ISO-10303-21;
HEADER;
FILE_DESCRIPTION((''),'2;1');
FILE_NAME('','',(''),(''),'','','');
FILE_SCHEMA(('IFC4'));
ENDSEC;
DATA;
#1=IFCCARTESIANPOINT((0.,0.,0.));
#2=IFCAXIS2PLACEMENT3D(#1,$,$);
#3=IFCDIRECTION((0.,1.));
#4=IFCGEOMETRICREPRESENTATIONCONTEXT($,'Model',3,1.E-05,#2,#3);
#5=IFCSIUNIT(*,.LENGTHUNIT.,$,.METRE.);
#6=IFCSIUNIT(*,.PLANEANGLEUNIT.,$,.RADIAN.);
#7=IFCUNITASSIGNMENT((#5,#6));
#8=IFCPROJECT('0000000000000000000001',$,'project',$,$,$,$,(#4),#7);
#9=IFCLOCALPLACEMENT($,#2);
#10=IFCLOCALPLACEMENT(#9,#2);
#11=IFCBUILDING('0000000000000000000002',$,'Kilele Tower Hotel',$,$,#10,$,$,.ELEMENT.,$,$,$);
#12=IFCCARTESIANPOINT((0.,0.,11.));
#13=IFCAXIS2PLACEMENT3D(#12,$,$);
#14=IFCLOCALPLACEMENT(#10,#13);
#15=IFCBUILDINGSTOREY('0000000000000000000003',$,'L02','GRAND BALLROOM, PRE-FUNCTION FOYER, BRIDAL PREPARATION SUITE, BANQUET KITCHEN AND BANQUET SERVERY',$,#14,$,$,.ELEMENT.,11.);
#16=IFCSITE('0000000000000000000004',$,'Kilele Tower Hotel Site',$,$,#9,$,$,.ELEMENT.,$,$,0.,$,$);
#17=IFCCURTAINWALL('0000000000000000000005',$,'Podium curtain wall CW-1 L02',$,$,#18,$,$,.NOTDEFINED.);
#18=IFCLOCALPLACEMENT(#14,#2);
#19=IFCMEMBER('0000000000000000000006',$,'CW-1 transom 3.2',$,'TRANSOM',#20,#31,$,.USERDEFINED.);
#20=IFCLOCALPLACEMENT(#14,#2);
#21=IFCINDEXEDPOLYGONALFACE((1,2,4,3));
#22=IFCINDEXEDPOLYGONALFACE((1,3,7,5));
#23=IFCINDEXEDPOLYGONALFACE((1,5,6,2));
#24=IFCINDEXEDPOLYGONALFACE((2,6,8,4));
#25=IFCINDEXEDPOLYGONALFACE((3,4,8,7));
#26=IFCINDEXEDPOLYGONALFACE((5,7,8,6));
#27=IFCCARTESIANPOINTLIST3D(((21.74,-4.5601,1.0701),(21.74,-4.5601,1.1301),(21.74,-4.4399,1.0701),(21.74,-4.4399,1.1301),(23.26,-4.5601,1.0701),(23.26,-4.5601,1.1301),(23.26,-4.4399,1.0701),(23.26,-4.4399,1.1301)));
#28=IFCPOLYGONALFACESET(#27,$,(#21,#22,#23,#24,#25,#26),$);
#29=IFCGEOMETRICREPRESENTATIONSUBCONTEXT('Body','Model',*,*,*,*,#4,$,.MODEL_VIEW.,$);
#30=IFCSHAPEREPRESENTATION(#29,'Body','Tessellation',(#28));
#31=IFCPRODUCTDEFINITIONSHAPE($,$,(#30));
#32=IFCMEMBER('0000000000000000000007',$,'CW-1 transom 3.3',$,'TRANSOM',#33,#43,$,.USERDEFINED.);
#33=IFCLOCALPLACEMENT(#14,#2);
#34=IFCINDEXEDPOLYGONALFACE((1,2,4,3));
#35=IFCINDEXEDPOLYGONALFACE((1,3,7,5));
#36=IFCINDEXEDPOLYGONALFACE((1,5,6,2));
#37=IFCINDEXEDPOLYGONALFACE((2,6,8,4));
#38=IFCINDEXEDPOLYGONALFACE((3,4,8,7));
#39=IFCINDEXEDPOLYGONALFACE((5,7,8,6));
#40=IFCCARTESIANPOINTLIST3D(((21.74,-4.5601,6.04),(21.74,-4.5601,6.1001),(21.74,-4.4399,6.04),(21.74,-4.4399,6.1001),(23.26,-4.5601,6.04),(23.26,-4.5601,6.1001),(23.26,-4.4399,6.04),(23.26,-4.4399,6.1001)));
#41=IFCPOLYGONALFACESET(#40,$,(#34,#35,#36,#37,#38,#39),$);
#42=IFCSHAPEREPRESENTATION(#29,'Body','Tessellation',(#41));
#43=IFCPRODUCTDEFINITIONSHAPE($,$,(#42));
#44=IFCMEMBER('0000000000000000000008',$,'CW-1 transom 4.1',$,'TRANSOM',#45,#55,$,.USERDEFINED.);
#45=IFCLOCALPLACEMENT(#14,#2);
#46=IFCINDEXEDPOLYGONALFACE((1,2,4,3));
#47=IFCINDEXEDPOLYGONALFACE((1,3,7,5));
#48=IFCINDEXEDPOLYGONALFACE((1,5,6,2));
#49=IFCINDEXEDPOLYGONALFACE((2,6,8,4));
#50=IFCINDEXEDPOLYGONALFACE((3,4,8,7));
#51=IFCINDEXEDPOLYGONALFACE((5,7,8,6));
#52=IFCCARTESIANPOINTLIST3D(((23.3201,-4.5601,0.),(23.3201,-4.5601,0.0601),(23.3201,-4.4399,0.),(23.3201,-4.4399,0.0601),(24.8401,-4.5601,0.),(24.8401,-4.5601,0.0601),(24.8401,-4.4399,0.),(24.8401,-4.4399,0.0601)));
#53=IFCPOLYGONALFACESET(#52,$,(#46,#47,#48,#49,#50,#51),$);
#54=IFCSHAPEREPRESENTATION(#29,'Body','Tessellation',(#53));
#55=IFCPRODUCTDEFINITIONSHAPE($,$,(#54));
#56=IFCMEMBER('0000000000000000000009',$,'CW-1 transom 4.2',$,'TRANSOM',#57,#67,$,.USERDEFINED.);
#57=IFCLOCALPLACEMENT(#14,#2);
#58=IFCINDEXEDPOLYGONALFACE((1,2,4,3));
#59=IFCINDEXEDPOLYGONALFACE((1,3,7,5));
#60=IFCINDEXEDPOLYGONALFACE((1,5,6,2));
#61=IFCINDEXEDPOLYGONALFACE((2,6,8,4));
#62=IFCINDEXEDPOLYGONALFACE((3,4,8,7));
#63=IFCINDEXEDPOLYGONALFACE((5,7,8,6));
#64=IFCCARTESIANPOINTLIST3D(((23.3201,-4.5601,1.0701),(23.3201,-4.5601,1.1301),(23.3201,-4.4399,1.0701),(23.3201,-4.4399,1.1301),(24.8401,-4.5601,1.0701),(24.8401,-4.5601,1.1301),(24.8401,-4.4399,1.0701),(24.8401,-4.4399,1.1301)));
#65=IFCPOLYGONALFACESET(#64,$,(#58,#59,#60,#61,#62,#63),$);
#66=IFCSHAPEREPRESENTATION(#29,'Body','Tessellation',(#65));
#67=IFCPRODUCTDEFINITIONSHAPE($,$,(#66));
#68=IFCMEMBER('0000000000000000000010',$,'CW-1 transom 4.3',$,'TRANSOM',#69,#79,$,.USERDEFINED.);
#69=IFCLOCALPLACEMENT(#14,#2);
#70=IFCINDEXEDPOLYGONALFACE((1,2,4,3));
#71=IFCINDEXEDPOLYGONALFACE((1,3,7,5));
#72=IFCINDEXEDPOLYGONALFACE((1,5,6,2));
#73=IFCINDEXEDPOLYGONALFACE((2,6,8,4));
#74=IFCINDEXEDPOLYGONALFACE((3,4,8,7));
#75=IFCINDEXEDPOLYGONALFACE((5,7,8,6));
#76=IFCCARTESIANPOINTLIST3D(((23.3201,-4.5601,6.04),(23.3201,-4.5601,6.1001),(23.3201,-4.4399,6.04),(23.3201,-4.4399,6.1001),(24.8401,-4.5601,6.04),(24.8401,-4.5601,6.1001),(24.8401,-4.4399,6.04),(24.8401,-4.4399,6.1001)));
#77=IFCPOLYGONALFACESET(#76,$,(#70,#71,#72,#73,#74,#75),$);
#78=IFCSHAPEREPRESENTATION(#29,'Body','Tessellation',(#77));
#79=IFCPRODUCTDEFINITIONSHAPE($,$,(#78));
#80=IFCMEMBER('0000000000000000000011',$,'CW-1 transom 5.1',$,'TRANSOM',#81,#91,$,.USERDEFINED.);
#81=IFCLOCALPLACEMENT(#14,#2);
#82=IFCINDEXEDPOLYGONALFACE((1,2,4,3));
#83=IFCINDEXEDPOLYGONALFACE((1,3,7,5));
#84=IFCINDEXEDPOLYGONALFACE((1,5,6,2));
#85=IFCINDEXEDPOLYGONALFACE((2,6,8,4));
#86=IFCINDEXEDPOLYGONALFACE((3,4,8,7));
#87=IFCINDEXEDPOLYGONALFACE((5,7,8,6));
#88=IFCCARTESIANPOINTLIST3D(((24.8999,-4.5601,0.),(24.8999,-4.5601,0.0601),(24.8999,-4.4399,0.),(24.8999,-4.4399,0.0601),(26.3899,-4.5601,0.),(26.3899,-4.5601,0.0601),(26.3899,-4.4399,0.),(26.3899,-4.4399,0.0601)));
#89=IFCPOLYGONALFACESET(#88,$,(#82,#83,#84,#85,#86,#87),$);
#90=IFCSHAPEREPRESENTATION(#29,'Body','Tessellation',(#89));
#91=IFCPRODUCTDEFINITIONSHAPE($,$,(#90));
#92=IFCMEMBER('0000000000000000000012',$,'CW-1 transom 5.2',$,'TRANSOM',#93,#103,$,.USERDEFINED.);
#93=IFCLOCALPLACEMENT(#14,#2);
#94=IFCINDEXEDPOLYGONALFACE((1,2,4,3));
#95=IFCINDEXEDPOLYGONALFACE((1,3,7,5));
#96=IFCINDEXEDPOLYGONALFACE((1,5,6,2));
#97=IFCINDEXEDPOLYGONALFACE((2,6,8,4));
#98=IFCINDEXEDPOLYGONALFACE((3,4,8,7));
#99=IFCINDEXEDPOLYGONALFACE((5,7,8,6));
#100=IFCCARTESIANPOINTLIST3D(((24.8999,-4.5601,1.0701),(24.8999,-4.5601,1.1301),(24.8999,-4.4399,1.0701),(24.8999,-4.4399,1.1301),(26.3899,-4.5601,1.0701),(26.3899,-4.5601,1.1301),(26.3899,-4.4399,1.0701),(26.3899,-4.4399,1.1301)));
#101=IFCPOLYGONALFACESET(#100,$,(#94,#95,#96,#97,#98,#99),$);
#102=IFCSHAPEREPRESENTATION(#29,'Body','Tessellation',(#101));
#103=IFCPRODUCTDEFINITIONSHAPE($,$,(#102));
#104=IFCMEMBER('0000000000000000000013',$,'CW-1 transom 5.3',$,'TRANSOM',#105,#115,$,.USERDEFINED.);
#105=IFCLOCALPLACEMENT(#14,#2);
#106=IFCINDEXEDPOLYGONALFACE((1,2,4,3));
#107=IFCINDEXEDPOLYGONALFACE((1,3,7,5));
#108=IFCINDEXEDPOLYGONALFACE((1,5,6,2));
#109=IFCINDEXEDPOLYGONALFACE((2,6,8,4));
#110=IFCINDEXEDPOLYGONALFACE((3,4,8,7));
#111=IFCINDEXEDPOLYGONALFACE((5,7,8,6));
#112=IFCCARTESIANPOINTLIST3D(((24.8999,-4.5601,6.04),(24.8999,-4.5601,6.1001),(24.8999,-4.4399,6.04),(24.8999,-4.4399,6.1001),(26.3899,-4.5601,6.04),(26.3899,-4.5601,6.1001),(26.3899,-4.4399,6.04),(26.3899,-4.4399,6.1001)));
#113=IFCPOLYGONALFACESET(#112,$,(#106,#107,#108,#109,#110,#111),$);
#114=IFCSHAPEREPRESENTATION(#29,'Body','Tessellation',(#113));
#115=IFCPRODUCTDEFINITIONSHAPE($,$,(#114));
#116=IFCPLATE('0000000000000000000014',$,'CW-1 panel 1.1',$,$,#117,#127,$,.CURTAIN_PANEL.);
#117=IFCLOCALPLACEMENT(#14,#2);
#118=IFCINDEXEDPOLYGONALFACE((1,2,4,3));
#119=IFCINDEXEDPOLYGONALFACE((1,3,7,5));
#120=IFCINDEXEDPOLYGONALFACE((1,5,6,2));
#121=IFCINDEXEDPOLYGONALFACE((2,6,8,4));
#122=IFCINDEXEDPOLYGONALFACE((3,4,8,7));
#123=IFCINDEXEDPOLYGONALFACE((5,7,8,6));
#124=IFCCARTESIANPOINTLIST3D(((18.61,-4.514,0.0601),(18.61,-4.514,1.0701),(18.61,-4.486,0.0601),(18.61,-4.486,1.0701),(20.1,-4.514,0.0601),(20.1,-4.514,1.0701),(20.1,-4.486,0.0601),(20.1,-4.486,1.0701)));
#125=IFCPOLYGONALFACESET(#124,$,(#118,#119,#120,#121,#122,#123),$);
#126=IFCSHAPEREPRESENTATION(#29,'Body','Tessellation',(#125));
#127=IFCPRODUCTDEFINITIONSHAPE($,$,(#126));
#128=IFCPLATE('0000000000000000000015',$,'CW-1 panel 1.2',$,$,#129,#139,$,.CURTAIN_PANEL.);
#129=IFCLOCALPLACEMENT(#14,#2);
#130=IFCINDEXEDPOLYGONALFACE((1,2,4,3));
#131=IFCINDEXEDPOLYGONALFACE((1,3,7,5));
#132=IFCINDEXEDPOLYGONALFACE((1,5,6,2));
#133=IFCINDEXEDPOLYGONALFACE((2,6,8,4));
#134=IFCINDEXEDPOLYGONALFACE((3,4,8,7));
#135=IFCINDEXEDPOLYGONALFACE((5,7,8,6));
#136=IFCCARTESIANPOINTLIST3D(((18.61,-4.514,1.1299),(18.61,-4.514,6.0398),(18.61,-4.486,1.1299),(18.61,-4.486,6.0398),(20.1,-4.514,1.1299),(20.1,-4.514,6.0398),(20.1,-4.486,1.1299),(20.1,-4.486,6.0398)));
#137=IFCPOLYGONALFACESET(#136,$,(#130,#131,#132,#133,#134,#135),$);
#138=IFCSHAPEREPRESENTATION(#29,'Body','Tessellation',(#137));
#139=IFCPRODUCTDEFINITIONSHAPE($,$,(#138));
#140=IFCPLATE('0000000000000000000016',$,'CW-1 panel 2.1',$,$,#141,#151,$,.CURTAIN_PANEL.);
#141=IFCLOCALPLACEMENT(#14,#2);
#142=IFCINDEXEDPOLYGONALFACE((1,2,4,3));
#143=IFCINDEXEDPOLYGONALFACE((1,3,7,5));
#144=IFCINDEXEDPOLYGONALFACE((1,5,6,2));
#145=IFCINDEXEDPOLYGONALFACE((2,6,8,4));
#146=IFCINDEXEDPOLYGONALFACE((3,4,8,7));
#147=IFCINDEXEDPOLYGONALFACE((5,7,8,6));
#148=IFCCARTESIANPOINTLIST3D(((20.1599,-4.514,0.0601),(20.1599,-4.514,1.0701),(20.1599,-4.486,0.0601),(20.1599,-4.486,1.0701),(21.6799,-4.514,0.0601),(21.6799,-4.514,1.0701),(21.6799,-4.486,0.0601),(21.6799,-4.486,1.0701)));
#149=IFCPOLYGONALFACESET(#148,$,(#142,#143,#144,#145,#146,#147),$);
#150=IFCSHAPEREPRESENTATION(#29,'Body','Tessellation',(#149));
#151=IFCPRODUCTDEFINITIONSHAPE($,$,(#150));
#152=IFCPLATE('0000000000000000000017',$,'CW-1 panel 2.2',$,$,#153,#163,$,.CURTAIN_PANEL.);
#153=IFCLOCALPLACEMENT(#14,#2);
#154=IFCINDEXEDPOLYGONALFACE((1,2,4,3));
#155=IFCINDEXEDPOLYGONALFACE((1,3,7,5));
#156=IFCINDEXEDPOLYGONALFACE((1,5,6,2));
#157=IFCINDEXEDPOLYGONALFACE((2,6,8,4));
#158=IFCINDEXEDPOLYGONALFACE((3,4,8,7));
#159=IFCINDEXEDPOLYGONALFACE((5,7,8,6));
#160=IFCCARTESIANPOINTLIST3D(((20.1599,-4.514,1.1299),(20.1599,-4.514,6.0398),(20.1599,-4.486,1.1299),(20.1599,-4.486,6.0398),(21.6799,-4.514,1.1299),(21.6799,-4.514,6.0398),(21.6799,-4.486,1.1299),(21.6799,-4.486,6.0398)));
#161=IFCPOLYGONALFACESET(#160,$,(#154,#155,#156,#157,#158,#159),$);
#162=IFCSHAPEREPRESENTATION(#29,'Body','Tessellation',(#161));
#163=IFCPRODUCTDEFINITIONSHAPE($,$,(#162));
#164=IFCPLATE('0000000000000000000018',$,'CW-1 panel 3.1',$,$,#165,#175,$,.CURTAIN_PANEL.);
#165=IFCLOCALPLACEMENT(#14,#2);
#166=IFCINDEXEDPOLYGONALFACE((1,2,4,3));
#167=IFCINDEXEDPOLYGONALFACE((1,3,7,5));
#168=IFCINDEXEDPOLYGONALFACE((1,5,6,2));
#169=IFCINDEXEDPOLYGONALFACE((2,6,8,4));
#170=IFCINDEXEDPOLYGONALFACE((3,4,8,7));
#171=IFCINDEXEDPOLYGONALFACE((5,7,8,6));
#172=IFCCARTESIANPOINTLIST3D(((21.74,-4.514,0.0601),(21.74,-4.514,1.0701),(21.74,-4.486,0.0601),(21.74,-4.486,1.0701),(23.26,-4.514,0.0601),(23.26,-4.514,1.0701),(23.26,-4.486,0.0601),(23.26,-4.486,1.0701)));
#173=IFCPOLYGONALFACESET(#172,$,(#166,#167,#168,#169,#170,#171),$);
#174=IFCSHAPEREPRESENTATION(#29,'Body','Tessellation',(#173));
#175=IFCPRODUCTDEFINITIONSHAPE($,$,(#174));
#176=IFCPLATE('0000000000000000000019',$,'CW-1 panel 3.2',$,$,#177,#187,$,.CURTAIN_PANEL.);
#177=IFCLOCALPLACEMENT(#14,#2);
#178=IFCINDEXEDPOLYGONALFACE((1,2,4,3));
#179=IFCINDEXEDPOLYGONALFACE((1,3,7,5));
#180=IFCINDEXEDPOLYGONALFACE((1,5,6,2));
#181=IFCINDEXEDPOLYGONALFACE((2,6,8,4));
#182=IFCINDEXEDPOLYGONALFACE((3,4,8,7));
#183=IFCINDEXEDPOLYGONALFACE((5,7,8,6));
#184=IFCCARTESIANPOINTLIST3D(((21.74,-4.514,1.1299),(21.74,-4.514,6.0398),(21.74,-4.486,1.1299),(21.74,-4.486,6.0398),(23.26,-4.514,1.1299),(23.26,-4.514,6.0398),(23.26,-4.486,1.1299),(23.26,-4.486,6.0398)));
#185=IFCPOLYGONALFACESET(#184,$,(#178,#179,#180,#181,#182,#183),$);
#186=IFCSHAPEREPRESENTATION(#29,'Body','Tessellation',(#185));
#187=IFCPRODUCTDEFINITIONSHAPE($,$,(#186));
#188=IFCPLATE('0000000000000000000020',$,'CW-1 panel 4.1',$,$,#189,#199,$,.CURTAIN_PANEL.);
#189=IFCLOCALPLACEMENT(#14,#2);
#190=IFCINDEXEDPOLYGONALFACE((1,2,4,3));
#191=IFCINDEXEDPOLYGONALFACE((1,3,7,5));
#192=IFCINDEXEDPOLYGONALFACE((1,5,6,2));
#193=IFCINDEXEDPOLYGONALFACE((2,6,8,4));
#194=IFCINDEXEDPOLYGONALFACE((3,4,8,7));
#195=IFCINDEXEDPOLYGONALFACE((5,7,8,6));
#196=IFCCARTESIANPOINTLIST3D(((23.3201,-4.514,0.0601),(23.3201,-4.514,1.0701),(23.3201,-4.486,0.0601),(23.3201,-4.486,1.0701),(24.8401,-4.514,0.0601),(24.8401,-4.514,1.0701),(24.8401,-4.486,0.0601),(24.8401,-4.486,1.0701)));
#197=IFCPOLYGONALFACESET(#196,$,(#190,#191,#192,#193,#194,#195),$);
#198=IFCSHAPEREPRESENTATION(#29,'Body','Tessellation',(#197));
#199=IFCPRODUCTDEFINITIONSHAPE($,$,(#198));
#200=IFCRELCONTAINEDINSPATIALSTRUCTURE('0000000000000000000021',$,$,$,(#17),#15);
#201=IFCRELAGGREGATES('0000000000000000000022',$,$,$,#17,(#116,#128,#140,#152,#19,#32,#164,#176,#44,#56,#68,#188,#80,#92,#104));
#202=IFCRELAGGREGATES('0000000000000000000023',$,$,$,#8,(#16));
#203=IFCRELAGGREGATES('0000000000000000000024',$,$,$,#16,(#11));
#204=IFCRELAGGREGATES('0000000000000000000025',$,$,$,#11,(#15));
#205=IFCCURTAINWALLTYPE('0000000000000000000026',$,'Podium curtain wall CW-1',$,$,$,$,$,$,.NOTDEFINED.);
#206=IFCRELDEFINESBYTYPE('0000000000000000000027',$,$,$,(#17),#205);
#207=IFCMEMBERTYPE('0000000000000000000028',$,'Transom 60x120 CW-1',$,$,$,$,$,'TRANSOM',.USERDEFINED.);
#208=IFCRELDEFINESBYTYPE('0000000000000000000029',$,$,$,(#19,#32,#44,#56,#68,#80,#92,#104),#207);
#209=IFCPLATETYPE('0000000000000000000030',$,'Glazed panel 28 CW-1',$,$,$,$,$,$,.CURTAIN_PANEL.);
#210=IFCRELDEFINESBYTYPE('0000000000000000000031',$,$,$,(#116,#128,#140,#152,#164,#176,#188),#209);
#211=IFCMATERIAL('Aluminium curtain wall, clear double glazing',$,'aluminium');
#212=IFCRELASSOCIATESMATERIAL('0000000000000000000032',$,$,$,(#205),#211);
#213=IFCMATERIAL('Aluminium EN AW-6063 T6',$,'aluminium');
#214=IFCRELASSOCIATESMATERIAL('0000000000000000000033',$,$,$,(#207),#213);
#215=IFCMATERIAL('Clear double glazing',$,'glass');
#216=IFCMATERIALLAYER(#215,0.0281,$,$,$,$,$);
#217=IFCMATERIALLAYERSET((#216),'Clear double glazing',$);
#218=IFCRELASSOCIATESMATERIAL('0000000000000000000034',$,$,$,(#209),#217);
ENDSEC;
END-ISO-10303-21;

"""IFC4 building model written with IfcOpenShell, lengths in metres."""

from ifc_helpers import new_model, si_unit, direction, frame, origin, origin_2d, place, context, subcontext, project, spatial, rectangle, extrude, material, layer, layer_set, material_profile, profile_set, type_object, element, aggregate, save


model = new_model("IFC4")

# Units and contexts
model_context = context("Model", 3, precision=1e-05, world=origin(), true_north=direction((0.0, 1.0)))
body_context = subcontext(model_context, "Body", "Model", "MODEL_VIEW")
ifc_project = project(units=[si_unit("LENGTHUNIT", "METRE"), si_unit("PLANEANGLEUNIT", "RADIAN")], contexts=[model_context])

# Site, building, storey
site_placement = place(None, origin())
site = spatial("IfcSite", under=ifc_project, at=site_placement, Name="Kilele Tower Hotel Site", CompositionType="ELEMENT", RefElevation=0.0)
building_placement = place(site_placement, origin())
building = spatial("IfcBuilding", under=site, at=building_placement, Name="Kilele Tower Hotel", CompositionType="ELEMENT")
storey_placement = place(building_placement, frame((0.0, 0.0, 11.0)))
storey = spatial("IfcBuildingStorey", under=building, at=storey_placement, Name="L02", Description="GRAND BALLROOM, PRE-FUNCTION FOYER, BRIDAL PREPARATION SUITE, BANQUET KITCHEN AND BANQUET SERVERY", CompositionType="ELEMENT", Elevation=11.0)

# Curtain wall, members, plates
ifc_material_1 = material(Name="Aluminium curtain wall, clear double glazing", Category="aluminium")
curtain_wall_type = type_object("IfcCurtainWallType", Name="Podium curtain wall CW-1", PredefinedType="NOTDEFINED", material=ifc_material_1)
curtain_wall_placement = place(storey_placement, origin())
curtain_wall = element("IfcCurtainWall", 1, at=curtain_wall_placement, inside=storey, type_object=curtain_wall_type, Name="Podium curtain wall CW-1 L02", PredefinedType="NOTDEFINED")
ifc_material_2 = material(Name="Aluminium EN AW-6063 T6", Category="aluminium")
ifc_material_profile_1 = material_profile(ifc_material_2, rectangle(XDim=0.1201, YDim=0.0601, at=origin_2d()))
ifc_profile_set_1 = profile_set([ifc_material_profile_1], Name="Aluminium EN AW-6063 T6")
member_type_1 = type_object("IfcMemberType", Name="Transom 60x120 CW-1", ElementType="TRANSOM", PredefinedType="USERDEFINED", material=ifc_profile_set_1)
member_1_placement = place(storey_placement, frame((21.74, -4.5, 1.1001), z_axis=(1.0, 0.0, 0.0), x_axis=(0.0, 1.0, 0.0)))
member_1 = element("IfcMember", 2, at=member_1_placement, type_object=member_type_1, Name="CW-1 transom 3.2", ObjectType="TRANSOM", PredefinedType="USERDEFINED", context=body_context, shape_type="SweptSolid", body=[
    extrude(rectangle(XDim=0.1201, YDim=0.0601, at=origin_2d()), origin(), (0.0, 0.0, 1.0), 1.52),
])
member_2_placement = place(storey_placement, frame((21.74, -4.5, 6.0701), z_axis=(1.0, 0.0, 0.0), x_axis=(0.0, 1.0, 0.0)))
member_2 = element("IfcMember", 3, at=member_2_placement, type_object=member_type_1, Name="CW-1 transom 3.3", ObjectType="TRANSOM", PredefinedType="USERDEFINED", context=body_context, shape_type="SweptSolid", body=[
    extrude(rectangle(XDim=0.1201, YDim=0.0601, at=origin_2d()), origin(), (0.0, 0.0, 1.0), 1.52),
])
member_3_placement = place(storey_placement, frame((23.3201, -4.5, 0.03), z_axis=(1.0, 0.0, 0.0), x_axis=(0.0, 1.0, 0.0)))
member_3 = element("IfcMember", 4, at=member_3_placement, type_object=member_type_1, Name="CW-1 transom 4.1", ObjectType="TRANSOM", PredefinedType="USERDEFINED", context=body_context, shape_type="SweptSolid", body=[
    extrude(rectangle(XDim=0.1201, YDim=0.0601, at=origin_2d()), origin(), (0.0, 0.0, 1.0), 1.52),
])
member_4_placement = place(storey_placement, frame((23.3201, -4.5, 1.1001), z_axis=(1.0, 0.0, 0.0), x_axis=(0.0, 1.0, 0.0)))
member_4 = element("IfcMember", 5, at=member_4_placement, type_object=member_type_1, Name="CW-1 transom 4.2", ObjectType="TRANSOM", PredefinedType="USERDEFINED", context=body_context, shape_type="SweptSolid", body=[
    extrude(rectangle(XDim=0.1201, YDim=0.0601, at=origin_2d()), origin(), (0.0, 0.0, 1.0), 1.52),
])
member_5_placement = place(storey_placement, frame((23.3201, -4.5, 6.0701), z_axis=(1.0, 0.0, 0.0), x_axis=(0.0, 1.0, 0.0)))
member_5 = element("IfcMember", 6, at=member_5_placement, type_object=member_type_1, Name="CW-1 transom 4.3", ObjectType="TRANSOM", PredefinedType="USERDEFINED", context=body_context, shape_type="SweptSolid", body=[
    extrude(rectangle(XDim=0.1201, YDim=0.0601, at=origin_2d()), origin(), (0.0, 0.0, 1.0), 1.52),
])
member_6_placement = place(storey_placement, frame((24.8999, -4.5, 0.03), z_axis=(1.0, 0.0, 0.0), x_axis=(0.0, 1.0, 0.0)))
member_6 = element("IfcMember", 7, at=member_6_placement, type_object=member_type_1, Name="CW-1 transom 5.1", ObjectType="TRANSOM", PredefinedType="USERDEFINED", context=body_context, shape_type="SweptSolid", body=[
    extrude(rectangle(XDim=0.1201, YDim=0.0601, at=origin_2d()), origin(), (0.0, 0.0, 1.0), 1.49),
])
member_7_placement = place(storey_placement, frame((24.8999, -4.5, 1.1001), z_axis=(1.0, 0.0, 0.0), x_axis=(0.0, 1.0, 0.0)))
member_7 = element("IfcMember", 8, at=member_7_placement, type_object=member_type_1, Name="CW-1 transom 5.2", ObjectType="TRANSOM", PredefinedType="USERDEFINED", context=body_context, shape_type="SweptSolid", body=[
    extrude(rectangle(XDim=0.1201, YDim=0.0601, at=origin_2d()), origin(), (0.0, 0.0, 1.0), 1.49),
])
member_8_placement = place(storey_placement, frame((24.8999, -4.5, 6.0701), z_axis=(1.0, 0.0, 0.0), x_axis=(0.0, 1.0, 0.0)))
member_8 = element("IfcMember", 9, at=member_8_placement, type_object=member_type_1, Name="CW-1 transom 5.3", ObjectType="TRANSOM", PredefinedType="USERDEFINED", context=body_context, shape_type="SweptSolid", body=[
    extrude(rectangle(XDim=0.1201, YDim=0.0601, at=origin_2d()), origin(), (0.0, 0.0, 1.0), 1.49),
])
ifc_material_3 = material(Name="Clear double glazing", Category="glass")
ifc_layer = layer(ifc_material_3, 0.0281)
ifc_layer_set = layer_set([ifc_layer], Name="Clear double glazing")
plate_type = type_object("IfcPlateType", Name="Glazed panel 28 CW-1", PredefinedType="CURTAIN_PANEL", material=ifc_layer_set)
plate_1_placement = place(storey_placement, frame((19.355, -4.5, 0.0601), z_axis=(0.0, 0.0, 1.0), x_axis=(1.0, 0.0, 0.0)))
plate_1 = element("IfcPlate", 10, at=plate_1_placement, type_object=plate_type, Name="CW-1 panel 1.1", PredefinedType="CURTAIN_PANEL", context=body_context, shape_type="SweptSolid", body=[
    extrude(rectangle(XDim=1.49, YDim=0.0281, at=origin_2d()), origin(), (0.0, 0.0, 1.0), 1.01),
])
plate_2_placement = place(storey_placement, frame((19.355, -4.5, 1.1299), z_axis=(0.0, 0.0, 1.0), x_axis=(1.0, 0.0, 0.0)))
plate_2 = element("IfcPlate", 11, at=plate_2_placement, type_object=plate_type, Name="CW-1 panel 1.2", PredefinedType="CURTAIN_PANEL", context=body_context, shape_type="SweptSolid", body=[
    extrude(rectangle(XDim=1.49, YDim=0.0281, at=origin_2d()), origin(), (0.0, 0.0, 1.0), 4.9099),
])
plate_3_placement = place(storey_placement, frame((20.9199, -4.5, 0.0601), z_axis=(0.0, 0.0, 1.0), x_axis=(1.0, 0.0, 0.0)))
plate_3 = element("IfcPlate", 12, at=plate_3_placement, type_object=plate_type, Name="CW-1 panel 2.1", PredefinedType="CURTAIN_PANEL", context=body_context, shape_type="SweptSolid", body=[
    extrude(rectangle(XDim=1.52, YDim=0.0281, at=origin_2d()), origin(), (0.0, 0.0, 1.0), 1.01),
])
plate_4_placement = place(storey_placement, frame((20.9199, -4.5, 1.1299), z_axis=(0.0, 0.0, 1.0), x_axis=(1.0, 0.0, 0.0)))
plate_4 = element("IfcPlate", 13, at=plate_4_placement, type_object=plate_type, Name="CW-1 panel 2.2", PredefinedType="CURTAIN_PANEL", context=body_context, shape_type="SweptSolid", body=[
    extrude(rectangle(XDim=1.52, YDim=0.0281, at=origin_2d()), origin(), (0.0, 0.0, 1.0), 4.9099),
])
plate_5_placement = place(storey_placement, frame((22.5, -4.5, 0.0601), z_axis=(0.0, 0.0, 1.0), x_axis=(1.0, 0.0, 0.0)))
plate_5 = element("IfcPlate", 14, at=plate_5_placement, type_object=plate_type, Name="CW-1 panel 3.1", PredefinedType="CURTAIN_PANEL", context=body_context, shape_type="SweptSolid", body=[
    extrude(rectangle(XDim=1.52, YDim=0.0281, at=origin_2d()), origin(), (0.0, 0.0, 1.0), 1.01),
])
plate_6_placement = place(storey_placement, frame((22.5, -4.5, 1.1299), z_axis=(0.0, 0.0, 1.0), x_axis=(1.0, 0.0, 0.0)))
plate_6 = element("IfcPlate", 15, at=plate_6_placement, type_object=plate_type, Name="CW-1 panel 3.2", PredefinedType="CURTAIN_PANEL", context=body_context, shape_type="SweptSolid", body=[
    extrude(rectangle(XDim=1.52, YDim=0.0281, at=origin_2d()), origin(), (0.0, 0.0, 1.0), 4.9099),
])
plate_7_placement = place(storey_placement, frame((24.0801, -4.5, 0.0601), z_axis=(0.0, 0.0, 1.0), x_axis=(1.0, 0.0, 0.0)))
plate_7 = element("IfcPlate", 16, at=plate_7_placement, type_object=plate_type, Name="CW-1 panel 4.1", PredefinedType="CURTAIN_PANEL", context=body_context, shape_type="SweptSolid", body=[
    extrude(rectangle(XDim=1.52, YDim=0.0281, at=origin_2d()), origin(), (0.0, 0.0, 1.0), 1.01),
])
aggregate(curtain_wall, [plate_1, plate_2, plate_3, plate_4, member_1, member_2, plate_5, plate_6, member_3, member_4, member_5, plate_7, member_6, member_7, member_8])

save(model, "model.ifc")
